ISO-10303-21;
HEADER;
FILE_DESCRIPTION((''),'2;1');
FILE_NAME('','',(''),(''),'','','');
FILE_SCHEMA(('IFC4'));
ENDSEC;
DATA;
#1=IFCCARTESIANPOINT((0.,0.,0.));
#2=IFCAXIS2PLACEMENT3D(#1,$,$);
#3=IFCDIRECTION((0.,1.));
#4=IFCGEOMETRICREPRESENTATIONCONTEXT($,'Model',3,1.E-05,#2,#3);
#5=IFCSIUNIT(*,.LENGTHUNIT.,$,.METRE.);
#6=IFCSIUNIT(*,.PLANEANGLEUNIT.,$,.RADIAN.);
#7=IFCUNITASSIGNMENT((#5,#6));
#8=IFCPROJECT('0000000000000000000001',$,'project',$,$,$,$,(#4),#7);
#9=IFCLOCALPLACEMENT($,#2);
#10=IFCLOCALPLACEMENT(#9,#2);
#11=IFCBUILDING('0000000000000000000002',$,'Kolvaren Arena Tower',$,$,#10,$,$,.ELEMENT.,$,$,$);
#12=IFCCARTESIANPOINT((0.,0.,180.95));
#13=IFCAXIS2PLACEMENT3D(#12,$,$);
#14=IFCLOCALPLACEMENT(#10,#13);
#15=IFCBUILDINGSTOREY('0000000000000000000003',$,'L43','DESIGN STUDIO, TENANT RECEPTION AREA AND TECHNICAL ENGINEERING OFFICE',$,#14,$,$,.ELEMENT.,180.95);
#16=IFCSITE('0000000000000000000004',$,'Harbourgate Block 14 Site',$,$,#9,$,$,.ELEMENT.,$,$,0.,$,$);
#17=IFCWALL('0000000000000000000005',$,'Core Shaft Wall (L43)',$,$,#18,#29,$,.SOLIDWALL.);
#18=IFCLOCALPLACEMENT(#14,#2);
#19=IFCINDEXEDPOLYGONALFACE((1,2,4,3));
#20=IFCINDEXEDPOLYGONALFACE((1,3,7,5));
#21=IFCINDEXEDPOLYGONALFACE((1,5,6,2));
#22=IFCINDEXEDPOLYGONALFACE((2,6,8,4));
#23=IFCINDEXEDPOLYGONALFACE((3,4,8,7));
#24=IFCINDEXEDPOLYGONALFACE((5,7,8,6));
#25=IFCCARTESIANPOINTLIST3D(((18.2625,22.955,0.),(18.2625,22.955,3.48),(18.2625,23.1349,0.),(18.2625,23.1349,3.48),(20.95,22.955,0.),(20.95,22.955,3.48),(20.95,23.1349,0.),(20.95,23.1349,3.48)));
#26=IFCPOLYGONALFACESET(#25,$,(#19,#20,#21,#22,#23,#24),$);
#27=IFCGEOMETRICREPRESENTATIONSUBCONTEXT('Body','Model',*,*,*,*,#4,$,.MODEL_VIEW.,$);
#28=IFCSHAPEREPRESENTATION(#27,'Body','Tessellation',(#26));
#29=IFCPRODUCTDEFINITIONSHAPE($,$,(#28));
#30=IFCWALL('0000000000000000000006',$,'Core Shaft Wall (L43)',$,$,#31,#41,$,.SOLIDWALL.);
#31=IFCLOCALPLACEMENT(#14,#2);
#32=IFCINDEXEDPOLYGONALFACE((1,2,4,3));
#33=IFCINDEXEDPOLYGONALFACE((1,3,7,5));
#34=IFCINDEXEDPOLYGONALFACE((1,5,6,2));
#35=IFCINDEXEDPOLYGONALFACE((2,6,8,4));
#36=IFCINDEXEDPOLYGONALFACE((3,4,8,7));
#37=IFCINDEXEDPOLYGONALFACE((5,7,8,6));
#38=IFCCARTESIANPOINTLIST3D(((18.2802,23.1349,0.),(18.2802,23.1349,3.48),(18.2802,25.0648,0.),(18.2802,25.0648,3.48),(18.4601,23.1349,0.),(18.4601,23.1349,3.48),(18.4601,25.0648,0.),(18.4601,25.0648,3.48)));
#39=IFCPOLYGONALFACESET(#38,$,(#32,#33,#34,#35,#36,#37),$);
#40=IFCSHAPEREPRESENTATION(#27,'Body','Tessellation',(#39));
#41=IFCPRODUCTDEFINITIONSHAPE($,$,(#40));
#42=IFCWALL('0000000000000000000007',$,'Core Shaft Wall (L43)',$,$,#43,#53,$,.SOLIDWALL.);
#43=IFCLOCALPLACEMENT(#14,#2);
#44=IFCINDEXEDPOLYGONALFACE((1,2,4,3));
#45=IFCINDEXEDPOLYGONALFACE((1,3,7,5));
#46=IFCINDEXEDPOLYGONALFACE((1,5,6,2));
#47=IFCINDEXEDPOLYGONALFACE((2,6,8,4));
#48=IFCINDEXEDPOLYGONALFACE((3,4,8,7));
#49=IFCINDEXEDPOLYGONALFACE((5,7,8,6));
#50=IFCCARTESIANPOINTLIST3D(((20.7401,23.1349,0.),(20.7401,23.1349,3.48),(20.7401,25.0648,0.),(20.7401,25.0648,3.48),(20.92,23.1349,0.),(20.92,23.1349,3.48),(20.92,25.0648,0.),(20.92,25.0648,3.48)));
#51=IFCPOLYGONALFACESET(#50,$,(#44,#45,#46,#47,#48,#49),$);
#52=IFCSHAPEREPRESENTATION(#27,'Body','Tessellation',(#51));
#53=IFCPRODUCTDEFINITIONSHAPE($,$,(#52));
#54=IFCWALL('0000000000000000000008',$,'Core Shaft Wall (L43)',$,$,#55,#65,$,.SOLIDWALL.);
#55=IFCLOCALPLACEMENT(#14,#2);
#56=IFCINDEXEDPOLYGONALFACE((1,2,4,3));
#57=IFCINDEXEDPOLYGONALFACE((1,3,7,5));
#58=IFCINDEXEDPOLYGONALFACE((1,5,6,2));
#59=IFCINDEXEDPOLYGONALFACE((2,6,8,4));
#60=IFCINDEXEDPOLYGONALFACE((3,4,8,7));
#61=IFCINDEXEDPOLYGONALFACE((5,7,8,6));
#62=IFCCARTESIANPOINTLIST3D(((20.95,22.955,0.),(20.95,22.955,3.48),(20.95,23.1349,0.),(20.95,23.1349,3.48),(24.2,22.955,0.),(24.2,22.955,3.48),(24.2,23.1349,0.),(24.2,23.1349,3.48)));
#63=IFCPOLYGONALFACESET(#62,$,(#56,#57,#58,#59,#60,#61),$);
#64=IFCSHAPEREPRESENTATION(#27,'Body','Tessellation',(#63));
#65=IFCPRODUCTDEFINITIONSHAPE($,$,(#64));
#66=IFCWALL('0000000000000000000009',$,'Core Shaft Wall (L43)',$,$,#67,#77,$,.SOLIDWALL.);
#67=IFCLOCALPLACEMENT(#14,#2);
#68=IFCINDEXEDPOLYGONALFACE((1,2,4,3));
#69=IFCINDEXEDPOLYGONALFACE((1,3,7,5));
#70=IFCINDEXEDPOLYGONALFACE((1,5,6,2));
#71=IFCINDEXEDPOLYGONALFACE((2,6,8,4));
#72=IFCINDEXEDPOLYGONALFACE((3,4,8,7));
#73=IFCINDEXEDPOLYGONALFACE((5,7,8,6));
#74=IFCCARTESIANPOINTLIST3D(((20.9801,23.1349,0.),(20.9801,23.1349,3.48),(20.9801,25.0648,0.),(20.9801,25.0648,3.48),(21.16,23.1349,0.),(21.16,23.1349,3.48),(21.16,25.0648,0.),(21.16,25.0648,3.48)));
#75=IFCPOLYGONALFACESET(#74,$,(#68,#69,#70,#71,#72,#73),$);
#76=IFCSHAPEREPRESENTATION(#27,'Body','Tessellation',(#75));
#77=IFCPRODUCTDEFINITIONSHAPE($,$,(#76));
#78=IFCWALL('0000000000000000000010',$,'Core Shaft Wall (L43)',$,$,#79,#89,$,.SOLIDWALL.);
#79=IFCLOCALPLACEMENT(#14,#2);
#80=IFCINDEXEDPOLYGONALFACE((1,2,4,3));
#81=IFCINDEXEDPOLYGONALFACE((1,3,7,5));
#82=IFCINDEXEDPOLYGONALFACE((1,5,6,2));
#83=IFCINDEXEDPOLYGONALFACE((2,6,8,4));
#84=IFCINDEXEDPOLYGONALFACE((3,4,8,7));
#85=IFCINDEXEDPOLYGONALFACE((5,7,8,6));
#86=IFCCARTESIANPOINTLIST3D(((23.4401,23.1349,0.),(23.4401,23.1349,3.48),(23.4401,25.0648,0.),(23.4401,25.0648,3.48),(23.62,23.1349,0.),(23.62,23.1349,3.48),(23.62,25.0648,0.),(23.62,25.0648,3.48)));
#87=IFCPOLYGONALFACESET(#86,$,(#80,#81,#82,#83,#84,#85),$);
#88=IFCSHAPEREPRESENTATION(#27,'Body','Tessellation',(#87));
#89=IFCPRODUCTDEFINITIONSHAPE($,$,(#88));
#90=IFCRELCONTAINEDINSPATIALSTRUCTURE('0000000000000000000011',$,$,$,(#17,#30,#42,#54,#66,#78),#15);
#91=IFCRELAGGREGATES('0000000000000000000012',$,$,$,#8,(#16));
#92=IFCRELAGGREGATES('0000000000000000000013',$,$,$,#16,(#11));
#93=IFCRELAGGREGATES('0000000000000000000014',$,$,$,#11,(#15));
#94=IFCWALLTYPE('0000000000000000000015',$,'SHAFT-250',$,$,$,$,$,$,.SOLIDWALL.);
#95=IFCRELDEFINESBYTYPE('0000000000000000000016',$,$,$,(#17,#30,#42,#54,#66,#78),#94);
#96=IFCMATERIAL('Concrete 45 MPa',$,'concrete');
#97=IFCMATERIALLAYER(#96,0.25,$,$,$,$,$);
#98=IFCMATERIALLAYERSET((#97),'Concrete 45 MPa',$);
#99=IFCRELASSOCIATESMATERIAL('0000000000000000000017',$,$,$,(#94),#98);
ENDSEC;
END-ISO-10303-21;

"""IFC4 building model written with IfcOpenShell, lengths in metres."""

from ifc_helpers import new_model, si_unit, direction, frame, frame_2d, origin, place, context, subcontext, project, spatial, rectangle, extrude, material, layer, layer_set, type_object, element, save


model = new_model("IFC4")

# Units and contexts
model_context = context("Model", 3, precision=1e-05, world=origin(), true_north=direction((0.0, 1.0)))
body_context = subcontext(model_context, "Body", "Model", "MODEL_VIEW")
ifc_project = project(units=[si_unit("LENGTHUNIT", "METRE"), si_unit("PLANEANGLEUNIT", "RADIAN")], contexts=[model_context])

# Site, building, storey
site_placement = place(None, origin())
site = spatial("IfcSite", under=ifc_project, at=site_placement, Name="Harbourgate Block 14 Site", CompositionType="ELEMENT", RefElevation=0.0)
building_placement = place(site_placement, origin())
building = spatial("IfcBuilding", under=site, at=building_placement, Name="Kolvaren Arena Tower", CompositionType="ELEMENT")
storey_placement = place(building_placement, frame((0.0, 0.0, 180.95)))
storey = spatial("IfcBuildingStorey", under=building, at=storey_placement, Name="L43", Description="DESIGN STUDIO, TENANT RECEPTION AREA AND TECHNICAL ENGINEERING OFFICE", CompositionType="ELEMENT", Elevation=180.95)

# Shared definitions
ifc_material_1 = material(Name="Concrete 45 MPa", Category="concrete")
ifc_layer_1 = layer(ifc_material_1, 0.25)
ifc_layer_set_1 = layer_set([ifc_layer_1], Name="Concrete 45 MPa")
wall_type_1 = type_object("IfcWallType", Name="SHAFT-250", PredefinedType="SOLIDWALL", material=ifc_layer_set_1)

# Walls
wall_1_placement = place(storey_placement, frame((18.2625, 23.0449, 0.0), z_axis=(0.0, 0.0, 1.0), x_axis=(1.0, 0.0, 0.0)))
element("IfcWall", 1, at=wall_1_placement, inside=storey, type_object=wall_type_1, Name="Core Shaft Wall (L43)", PredefinedType="SOLIDWALL", context=body_context, shape_type="SweptSolid", body=[
    extrude(rectangle(XDim=2.6875, YDim=0.1799, at=frame_2d((1.3438, 0.0))), origin(), (0.0, 0.0, 1.0), 3.48),
])
for number, where, z_axis, x_axis, name in (
    (2, (18.3701, 23.135, 0.0), (0.0, 0.0, 1.0), (0.0, 1.0, 0.0), "Core Shaft Wall (L43)"),
    (3, (20.8301, 23.135, 0.0), (0.0, 0.0, 1.0), (0.0, 1.0, 0.0), "Core Shaft Wall (L43)"),
):
    element("IfcWall", number, at=place(storey_placement, frame(where, z_axis=z_axis, x_axis=x_axis)), inside=storey, type_object=wall_type_1, Name=name, PredefinedType="SOLIDWALL", context=body_context, shape_type="SweptSolid", body=[
        extrude(rectangle(XDim=1.9299, YDim=0.1799, at=frame_2d((0.9648, 0.0))), origin(), (0.0, 0.0, 1.0), 3.48),
    ])
wall_2_placement = place(storey_placement, frame((20.95, 23.0449, 0.0), z_axis=(0.0, 0.0, 1.0), x_axis=(1.0, 0.0, 0.0)))
element("IfcWall", 4, at=wall_2_placement, inside=storey, type_object=wall_type_1, Name="Core Shaft Wall (L43)", PredefinedType="SOLIDWALL", context=body_context, shape_type="SweptSolid", body=[
    extrude(rectangle(XDim=3.25, YDim=0.1799, at=frame_2d((1.625, 0.0))), origin(), (0.0, 0.0, 1.0), 3.48),
])
for number, where, z_axis, x_axis, name in (
    (5, (21.0701, 23.135, 0.0), (0.0, 0.0, 1.0), (0.0, 1.0, 0.0), "Core Shaft Wall (L43)"),
    (6, (23.53, 23.135, 0.0), (0.0, 0.0, 1.0), (0.0, 1.0, 0.0), "Core Shaft Wall (L43)"),
):
    element("IfcWall", number, at=place(storey_placement, frame(where, z_axis=z_axis, x_axis=x_axis)), inside=storey, type_object=wall_type_1, Name=name, PredefinedType="SOLIDWALL", context=body_context, shape_type="SweptSolid", body=[
        extrude(rectangle(XDim=1.9299, YDim=0.1799, at=frame_2d((0.9648, 0.0))), origin(), (0.0, 0.0, 1.0), 3.48),
    ])

save(model, "model.ifc")
